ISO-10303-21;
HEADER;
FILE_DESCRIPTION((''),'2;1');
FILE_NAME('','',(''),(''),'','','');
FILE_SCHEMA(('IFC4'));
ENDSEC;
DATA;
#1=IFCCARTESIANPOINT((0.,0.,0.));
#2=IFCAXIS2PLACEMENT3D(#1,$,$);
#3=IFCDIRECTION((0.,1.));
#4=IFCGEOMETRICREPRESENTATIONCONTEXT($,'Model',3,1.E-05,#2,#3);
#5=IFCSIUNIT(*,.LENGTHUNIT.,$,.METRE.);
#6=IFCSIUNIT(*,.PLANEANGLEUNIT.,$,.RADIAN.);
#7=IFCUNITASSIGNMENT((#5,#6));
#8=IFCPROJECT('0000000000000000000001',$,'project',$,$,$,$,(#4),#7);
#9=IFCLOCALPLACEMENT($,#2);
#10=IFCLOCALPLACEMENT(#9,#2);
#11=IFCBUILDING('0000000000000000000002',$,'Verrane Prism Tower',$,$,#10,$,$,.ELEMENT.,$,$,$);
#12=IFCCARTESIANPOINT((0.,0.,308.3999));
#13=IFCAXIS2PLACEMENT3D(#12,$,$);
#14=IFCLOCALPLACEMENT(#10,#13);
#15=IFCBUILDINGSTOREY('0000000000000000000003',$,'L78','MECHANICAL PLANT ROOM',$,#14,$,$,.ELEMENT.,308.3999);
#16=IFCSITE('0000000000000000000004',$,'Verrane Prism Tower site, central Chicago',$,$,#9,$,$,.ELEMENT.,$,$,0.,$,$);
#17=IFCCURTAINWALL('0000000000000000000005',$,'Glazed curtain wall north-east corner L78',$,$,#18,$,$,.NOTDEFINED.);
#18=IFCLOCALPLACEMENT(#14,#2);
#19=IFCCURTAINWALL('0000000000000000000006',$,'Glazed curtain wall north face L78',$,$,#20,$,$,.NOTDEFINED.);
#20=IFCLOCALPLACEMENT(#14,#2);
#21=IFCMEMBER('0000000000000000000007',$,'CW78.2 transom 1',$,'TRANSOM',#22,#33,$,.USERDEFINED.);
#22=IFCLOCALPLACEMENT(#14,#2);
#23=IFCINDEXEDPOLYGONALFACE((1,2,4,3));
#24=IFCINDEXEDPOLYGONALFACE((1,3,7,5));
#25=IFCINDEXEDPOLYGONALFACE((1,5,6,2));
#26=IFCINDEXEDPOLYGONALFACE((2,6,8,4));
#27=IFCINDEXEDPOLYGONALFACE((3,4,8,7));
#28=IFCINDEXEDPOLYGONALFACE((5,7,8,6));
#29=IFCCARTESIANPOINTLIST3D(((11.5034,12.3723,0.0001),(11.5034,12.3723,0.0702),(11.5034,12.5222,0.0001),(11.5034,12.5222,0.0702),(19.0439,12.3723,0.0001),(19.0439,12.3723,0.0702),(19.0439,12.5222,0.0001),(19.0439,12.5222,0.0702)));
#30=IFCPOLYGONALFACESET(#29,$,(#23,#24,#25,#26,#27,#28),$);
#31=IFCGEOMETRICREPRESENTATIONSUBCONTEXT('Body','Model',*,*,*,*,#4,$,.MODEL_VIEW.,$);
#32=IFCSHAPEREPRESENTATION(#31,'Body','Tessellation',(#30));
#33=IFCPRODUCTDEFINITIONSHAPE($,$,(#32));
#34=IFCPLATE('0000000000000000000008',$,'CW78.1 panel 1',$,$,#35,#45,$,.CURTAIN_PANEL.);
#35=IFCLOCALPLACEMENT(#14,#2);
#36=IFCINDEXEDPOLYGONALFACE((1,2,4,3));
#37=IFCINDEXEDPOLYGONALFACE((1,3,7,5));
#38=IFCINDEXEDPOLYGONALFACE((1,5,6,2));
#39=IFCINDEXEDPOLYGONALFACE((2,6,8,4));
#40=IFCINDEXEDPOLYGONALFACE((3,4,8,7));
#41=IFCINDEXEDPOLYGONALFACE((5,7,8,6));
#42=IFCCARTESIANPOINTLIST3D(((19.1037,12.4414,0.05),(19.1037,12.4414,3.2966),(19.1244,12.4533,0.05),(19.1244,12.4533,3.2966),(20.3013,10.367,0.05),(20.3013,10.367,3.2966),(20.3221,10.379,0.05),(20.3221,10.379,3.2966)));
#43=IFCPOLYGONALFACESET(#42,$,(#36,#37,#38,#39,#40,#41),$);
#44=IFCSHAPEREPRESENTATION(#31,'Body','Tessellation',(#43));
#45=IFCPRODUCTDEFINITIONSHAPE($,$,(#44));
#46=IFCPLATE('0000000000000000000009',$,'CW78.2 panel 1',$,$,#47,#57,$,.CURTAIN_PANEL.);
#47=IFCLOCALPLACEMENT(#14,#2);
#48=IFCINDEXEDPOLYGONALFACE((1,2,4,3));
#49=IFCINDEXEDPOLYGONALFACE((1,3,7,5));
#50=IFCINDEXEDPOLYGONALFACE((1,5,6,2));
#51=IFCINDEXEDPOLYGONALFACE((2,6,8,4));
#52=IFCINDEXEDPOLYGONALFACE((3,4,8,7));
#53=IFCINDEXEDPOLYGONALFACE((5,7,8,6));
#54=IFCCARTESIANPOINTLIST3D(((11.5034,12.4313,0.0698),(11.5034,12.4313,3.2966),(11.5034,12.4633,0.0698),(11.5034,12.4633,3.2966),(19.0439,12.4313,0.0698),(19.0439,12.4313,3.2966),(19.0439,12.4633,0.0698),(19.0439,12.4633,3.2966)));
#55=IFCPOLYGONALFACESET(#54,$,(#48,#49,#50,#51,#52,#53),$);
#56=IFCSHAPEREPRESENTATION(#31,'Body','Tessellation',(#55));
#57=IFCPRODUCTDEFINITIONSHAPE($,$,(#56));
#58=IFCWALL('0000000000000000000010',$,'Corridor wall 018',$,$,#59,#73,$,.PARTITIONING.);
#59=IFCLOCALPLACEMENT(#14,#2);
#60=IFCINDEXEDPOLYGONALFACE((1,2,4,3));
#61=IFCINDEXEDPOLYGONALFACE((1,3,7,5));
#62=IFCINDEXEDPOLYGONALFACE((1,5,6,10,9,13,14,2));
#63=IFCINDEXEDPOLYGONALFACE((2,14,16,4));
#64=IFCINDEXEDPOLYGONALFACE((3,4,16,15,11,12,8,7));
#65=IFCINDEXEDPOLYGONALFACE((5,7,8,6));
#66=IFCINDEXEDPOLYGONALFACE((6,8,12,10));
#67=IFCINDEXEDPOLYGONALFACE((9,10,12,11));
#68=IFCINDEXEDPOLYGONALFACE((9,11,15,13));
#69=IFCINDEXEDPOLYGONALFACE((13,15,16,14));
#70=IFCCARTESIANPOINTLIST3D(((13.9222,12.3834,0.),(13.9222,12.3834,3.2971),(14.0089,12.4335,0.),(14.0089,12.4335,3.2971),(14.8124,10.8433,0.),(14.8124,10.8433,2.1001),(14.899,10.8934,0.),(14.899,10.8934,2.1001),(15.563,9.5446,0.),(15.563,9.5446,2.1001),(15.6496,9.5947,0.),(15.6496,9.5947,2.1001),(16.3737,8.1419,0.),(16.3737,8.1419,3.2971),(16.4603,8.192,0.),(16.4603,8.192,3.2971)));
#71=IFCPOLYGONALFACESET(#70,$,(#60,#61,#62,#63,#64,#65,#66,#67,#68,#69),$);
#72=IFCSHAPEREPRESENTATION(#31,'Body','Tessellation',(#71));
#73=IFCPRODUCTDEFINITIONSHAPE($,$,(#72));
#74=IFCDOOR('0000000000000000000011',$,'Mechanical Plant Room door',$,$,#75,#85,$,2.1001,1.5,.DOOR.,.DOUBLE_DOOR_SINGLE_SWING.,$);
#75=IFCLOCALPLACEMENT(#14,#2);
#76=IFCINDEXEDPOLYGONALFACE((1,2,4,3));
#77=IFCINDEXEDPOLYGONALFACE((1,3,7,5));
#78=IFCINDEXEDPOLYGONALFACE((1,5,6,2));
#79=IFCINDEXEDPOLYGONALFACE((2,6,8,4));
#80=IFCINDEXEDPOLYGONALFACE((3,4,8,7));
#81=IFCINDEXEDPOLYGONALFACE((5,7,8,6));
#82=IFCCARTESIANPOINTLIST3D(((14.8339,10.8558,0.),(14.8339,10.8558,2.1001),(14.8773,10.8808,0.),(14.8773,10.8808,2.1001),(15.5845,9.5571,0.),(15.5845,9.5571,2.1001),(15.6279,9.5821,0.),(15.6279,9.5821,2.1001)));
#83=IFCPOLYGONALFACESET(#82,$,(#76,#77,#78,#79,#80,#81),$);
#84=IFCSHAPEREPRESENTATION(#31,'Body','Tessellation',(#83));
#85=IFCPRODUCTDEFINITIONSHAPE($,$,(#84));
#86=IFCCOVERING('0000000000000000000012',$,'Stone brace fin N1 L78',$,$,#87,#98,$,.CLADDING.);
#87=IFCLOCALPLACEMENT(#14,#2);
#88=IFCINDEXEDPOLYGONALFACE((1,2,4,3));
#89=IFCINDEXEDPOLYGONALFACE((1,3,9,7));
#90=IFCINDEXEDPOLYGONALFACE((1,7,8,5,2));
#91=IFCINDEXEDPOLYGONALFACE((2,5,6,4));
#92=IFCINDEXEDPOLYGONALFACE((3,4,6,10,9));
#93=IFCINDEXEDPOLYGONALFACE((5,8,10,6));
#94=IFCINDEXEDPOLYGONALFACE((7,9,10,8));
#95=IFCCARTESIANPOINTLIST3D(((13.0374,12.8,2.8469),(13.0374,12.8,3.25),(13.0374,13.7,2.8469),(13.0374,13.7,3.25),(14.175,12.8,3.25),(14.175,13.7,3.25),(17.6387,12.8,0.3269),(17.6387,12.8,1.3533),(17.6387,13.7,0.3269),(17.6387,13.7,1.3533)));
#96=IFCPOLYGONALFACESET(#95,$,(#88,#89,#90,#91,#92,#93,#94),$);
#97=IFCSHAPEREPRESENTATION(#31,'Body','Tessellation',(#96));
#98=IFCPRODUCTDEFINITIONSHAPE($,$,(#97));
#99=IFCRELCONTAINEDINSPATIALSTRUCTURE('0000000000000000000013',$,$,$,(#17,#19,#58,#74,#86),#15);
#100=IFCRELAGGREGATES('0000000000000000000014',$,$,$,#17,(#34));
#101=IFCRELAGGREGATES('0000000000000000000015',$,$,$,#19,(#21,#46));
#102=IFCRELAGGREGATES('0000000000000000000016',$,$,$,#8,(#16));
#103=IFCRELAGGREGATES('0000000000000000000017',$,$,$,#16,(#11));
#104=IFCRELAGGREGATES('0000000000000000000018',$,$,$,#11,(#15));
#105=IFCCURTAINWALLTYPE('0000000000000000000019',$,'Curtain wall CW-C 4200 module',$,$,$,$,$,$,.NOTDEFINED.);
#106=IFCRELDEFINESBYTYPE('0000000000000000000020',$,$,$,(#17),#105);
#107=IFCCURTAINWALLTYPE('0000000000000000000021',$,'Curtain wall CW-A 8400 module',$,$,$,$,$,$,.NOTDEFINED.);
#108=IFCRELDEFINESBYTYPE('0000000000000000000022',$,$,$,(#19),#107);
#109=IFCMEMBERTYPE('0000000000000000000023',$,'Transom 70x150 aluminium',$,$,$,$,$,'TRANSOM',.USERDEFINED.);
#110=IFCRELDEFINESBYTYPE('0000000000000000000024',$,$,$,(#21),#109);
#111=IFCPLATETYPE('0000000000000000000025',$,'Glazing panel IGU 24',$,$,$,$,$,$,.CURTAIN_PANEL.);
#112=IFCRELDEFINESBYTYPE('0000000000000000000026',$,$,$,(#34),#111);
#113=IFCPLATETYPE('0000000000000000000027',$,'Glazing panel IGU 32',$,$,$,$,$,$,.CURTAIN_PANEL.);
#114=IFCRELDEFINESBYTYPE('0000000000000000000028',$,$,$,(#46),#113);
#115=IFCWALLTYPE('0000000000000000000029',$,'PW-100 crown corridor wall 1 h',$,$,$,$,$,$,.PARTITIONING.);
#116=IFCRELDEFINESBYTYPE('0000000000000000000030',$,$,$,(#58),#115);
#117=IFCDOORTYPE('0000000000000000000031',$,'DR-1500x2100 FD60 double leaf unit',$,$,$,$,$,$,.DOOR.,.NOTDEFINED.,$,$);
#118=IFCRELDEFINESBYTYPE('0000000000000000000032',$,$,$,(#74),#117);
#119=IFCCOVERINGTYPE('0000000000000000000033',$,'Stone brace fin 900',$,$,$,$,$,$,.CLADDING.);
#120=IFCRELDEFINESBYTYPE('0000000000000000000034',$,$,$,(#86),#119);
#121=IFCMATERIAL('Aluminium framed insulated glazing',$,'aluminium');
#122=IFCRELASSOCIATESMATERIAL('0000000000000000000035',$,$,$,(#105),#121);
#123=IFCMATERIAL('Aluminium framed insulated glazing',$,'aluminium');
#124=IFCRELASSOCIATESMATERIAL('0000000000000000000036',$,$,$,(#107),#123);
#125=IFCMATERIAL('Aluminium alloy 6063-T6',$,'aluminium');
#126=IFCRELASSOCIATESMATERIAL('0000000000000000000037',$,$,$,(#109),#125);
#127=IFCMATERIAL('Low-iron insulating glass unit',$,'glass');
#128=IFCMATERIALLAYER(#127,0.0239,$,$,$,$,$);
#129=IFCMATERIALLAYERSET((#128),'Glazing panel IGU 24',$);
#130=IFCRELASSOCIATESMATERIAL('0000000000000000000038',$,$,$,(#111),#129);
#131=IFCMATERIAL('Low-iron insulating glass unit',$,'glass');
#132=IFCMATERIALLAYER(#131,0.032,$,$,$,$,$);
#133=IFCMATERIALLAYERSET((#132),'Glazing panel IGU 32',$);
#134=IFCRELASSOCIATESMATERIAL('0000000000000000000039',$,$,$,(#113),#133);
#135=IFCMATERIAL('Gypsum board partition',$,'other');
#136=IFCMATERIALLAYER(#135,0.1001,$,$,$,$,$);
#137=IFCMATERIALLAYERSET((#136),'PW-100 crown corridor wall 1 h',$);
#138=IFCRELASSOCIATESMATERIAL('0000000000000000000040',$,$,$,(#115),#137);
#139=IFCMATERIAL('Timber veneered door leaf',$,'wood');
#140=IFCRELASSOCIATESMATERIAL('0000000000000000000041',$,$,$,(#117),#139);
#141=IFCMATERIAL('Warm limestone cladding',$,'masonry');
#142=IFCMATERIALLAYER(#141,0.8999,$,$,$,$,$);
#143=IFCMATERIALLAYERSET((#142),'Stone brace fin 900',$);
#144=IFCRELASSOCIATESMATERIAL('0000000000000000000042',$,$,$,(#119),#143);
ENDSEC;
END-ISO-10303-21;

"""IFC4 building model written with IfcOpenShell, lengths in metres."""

from ifc_helpers import new_model, si_unit, direction, frame, frame_2d, origin, origin_2d, place, context, subcontext, project, spatial, polyline, rectangle, outline, extrude, material, layer, layer_set, material_profile, profile_set, type_object, element, fill, aggregate, save


model = new_model("IFC4")

# Units and contexts
model_context = context("Model", 3, precision=1e-05, world=origin(), true_north=direction((0.0, 1.0)))
body_context = subcontext(model_context, "Body", "Model", "MODEL_VIEW")
ifc_project = project(units=[si_unit("LENGTHUNIT", "METRE"), si_unit("PLANEANGLEUNIT", "RADIAN")], contexts=[model_context])

# Site, building, storey
site_placement = place(None, origin())
site = spatial("IfcSite", under=ifc_project, at=site_placement, Name="Verrane Prism Tower site, central Chicago", CompositionType="ELEMENT", RefElevation=0.0)
building_placement = place(site_placement, origin())
building = spatial("IfcBuilding", under=site, at=building_placement, Name="Verrane Prism Tower", CompositionType="ELEMENT")
storey_placement = place(building_placement, frame((0.0, 0.0, 308.3999)))
storey = spatial("IfcBuildingStorey", under=building, at=storey_placement, Name="L78", Description="MECHANICAL PLANT ROOM", CompositionType="ELEMENT", Elevation=308.3999)

# Curtain walls
ifc_material_1 = material(Name="Aluminium framed insulated glazing", Category="aluminium")
curtain_wall_type_1 = type_object("IfcCurtainWallType", Name="Curtain wall CW-C 4200 module", PredefinedType="NOTDEFINED", material=ifc_material_1)
curtain_wall_1_placement = place(storey_placement, origin())
curtain_wall_1 = element("IfcCurtainWall", 1, at=curtain_wall_1_placement, inside=storey, type_object=curtain_wall_type_1, Name="Glazed curtain wall north-east corner L78", PredefinedType="NOTDEFINED")
ifc_material_2 = material(Name="Aluminium framed insulated glazing", Category="aluminium")
curtain_wall_type_2 = type_object("IfcCurtainWallType", Name="Curtain wall CW-A 8400 module", PredefinedType="NOTDEFINED", material=ifc_material_2)
curtain_wall_2_placement = place(storey_placement, origin())
curtain_wall_2 = element("IfcCurtainWall", 2, at=curtain_wall_2_placement, inside=storey, type_object=curtain_wall_type_2, Name="Glazed curtain wall north face L78", PredefinedType="NOTDEFINED")

# Member
ifc_material_3 = material(Name="Aluminium alloy 6063-T6", Category="aluminium")
ifc_material_profile_1 = material_profile(ifc_material_3, rectangle(XDim=0.1499, YDim=0.0701, at=origin_2d()), Name="Transom 70x150 aluminium")
ifc_profile_set_1 = profile_set([ifc_material_profile_1], Name="Aluminium alloy 6063-T6")
member_type_1 = type_object("IfcMemberType", Name="Transom 70x150 aluminium", ElementType="TRANSOM", PredefinedType="USERDEFINED", material=ifc_profile_set_1)
member_1_placement = place(storey_placement, frame((19.0439, 12.4473, 0.0352), z_axis=(-1.0, 0.0, 0.0), x_axis=(0.0, -1.0, 0.0)))
member_1 = element("IfcMember", 3, at=member_1_placement, type_object=member_type_1, Name="CW78.2 transom 1", ObjectType="TRANSOM", PredefinedType="USERDEFINED", context=body_context, shape_type="SweptSolid", body=[
    extrude(rectangle(XDim=0.1499, YDim=0.0701, at=origin_2d()), origin(), (0.0, 0.0, 1.0), 7.5405),
])

# Plates
ifc_material_4 = material(Name="Low-iron insulating glass unit", Category="glass")
ifc_layer_1 = layer(ifc_material_4, 0.0239)
ifc_layer_set_1 = layer_set([ifc_layer_1], Name="Glazing panel IGU 24")
plate_type_1 = type_object("IfcPlateType", Name="Glazing panel IGU 24", PredefinedType="CURTAIN_PANEL", material=ifc_layer_set_1)
plate_1_placement = place(storey_placement, frame((19.7129, 11.4102, 0.05), z_axis=(0.0, 0.0, 1.0), x_axis=(-0.500001, 0.866025, 0.0)))
plate_1 = element("IfcPlate", 4, at=plate_1_placement, type_object=plate_type_1, Name="CW78.1 panel 1", PredefinedType="CURTAIN_PANEL", context=body_context, shape_type="SweptSolid", body=[
    extrude(rectangle(XDim=2.3953, YDim=0.0239, at=origin_2d()), origin(), (0.0, 0.0, 1.0), 3.2466),
])
aggregate(curtain_wall_1, [plate_1])
ifc_material_5 = material(Name="Low-iron insulating glass unit", Category="glass")
ifc_layer_2 = layer(ifc_material_5, 0.032)
ifc_layer_set_2 = layer_set([ifc_layer_2], Name="Glazing panel IGU 32")
plate_type_2 = type_object("IfcPlateType", Name="Glazing panel IGU 32", PredefinedType="CURTAIN_PANEL", material=ifc_layer_set_2)
plate_2_placement = place(storey_placement, frame((15.2737, 12.4473, 0.0698), z_axis=(0.0, 0.0, 1.0), x_axis=(-1.0, 0.0, 0.0)))
plate_2 = element("IfcPlate", 5, at=plate_2_placement, type_object=plate_type_2, Name="CW78.2 panel 1", PredefinedType="CURTAIN_PANEL", context=body_context, shape_type="SweptSolid", body=[
    extrude(rectangle(XDim=7.5405, YDim=0.032, at=origin_2d()), origin(), (0.0, 0.0, 1.0), 3.2268),
])
aggregate(curtain_wall_2, [member_1, plate_2])

# Wall, opening, door
ifc_material_6 = material(Name="Gypsum board partition", Category="other")
ifc_layer_3 = layer(ifc_material_6, 0.1001)
ifc_layer_set_3 = layer_set([ifc_layer_3], Name="PW-100 crown corridor wall 1 h")
wall_type = type_object("IfcWallType", Name="PW-100 crown corridor wall 1 h", PredefinedType="PARTITIONING", material=ifc_layer_set_3)
wall_placement = place(storey_placement, frame((13.9656, 12.4084, 0.0), z_axis=(0.0, 0.0, 1.0), x_axis=(0.5004, -0.865795, 0.0)))
wall = element("IfcWall", 6, at=wall_placement, inside=storey, type_object=wall_type, Name="Corridor wall 018", PredefinedType="PARTITIONING", context=body_context, shape_type="SweptSolid", body=[
    extrude(rectangle(XDim=4.8989, YDim=0.1001, at=frame_2d((2.4495, 0.0))), origin(), (0.0, 0.0, 1.0), 3.2971),
])
opening_placement = place(wall_placement, frame((1.7788, 0.0, 0.0)))
opening = element("IfcOpeningElement", 7, at=opening_placement, cuts=wall, PredefinedType="OPENING", context=body_context, shape_type="SweptSolid", body=[
    extrude(rectangle(XDim=1.5, YDim=2.1001, at=frame_2d((0.75, 1.05))), frame((0.0, 0.0601, 0.0), z_axis=(0.0, -1.0, 0.0), x_axis=(1.0, 0.0, 0.0)), (0.0, 0.0, 1.0), 0.1201),
])
ifc_material_7 = material(Name="Timber veneered door leaf", Category="wood")
door_type = type_object("IfcDoorType", Name="DR-1500x2100 FD60 double leaf unit", OperationType="NOTDEFINED", PredefinedType="DOOR", material=ifc_material_7)
door_placement = place(opening_placement, origin())
door = element("IfcDoor", 8, at=door_placement, inside=storey, type_object=door_type, Name="Mechanical Plant Room door", OperationType="DOUBLE_DOOR_SINGLE_SWING", OverallHeight=2.1001, OverallWidth=1.5, PredefinedType="DOOR", context=body_context, shape_type="SweptSolid", body=[
    extrude(rectangle(XDim=1.5, YDim=2.1001, at=frame_2d((0.75, 1.05))), frame((0.0, 0.0249, 0.0), z_axis=(0.0, -1.0, 0.0), x_axis=(1.0, 0.0, 0.0)), (0.0, 0.0, 1.0), 0.05),
])
fill(opening, door)

# Covering
ifc_material_8 = material(Name="Warm limestone cladding", Category="masonry")
ifc_layer_4 = layer(ifc_material_8, 0.8999)
ifc_layer_set_4 = layer_set([ifc_layer_4], Name="Stone brace fin 900")
covering_type = type_object("IfcCoveringType", Name="Stone brace fin 900", PredefinedType="CLADDING", material=ifc_layer_set_4)
covering_placement = place(storey_placement, frame((17.6387, 13.25, 0.3269), z_axis=(0.0, 0.0, 1.0), x_axis=(-1.0, 0.0, 0.0)))
element("IfcCovering", 9, at=covering_placement, inside=storey, type_object=covering_type, Name="Stone brace fin N1 L78", PredefinedType="CLADDING", context=body_context, shape_type="SweptSolid", body=[
    extrude(outline(polyline([(4.6013, 2.9231), (3.4636, 2.9231), (0.0, 1.0264), (0.0, 0.0), (4.6013, 2.52), (4.6013, 2.9231)])), frame((0.0, 0.45, 0.0), z_axis=(0.0, -1.0, 0.0), x_axis=(1.0, 0.0, 0.0)), (0.0, 0.0, 1.0), 0.8999),
])

save(model, "model.ifc")
